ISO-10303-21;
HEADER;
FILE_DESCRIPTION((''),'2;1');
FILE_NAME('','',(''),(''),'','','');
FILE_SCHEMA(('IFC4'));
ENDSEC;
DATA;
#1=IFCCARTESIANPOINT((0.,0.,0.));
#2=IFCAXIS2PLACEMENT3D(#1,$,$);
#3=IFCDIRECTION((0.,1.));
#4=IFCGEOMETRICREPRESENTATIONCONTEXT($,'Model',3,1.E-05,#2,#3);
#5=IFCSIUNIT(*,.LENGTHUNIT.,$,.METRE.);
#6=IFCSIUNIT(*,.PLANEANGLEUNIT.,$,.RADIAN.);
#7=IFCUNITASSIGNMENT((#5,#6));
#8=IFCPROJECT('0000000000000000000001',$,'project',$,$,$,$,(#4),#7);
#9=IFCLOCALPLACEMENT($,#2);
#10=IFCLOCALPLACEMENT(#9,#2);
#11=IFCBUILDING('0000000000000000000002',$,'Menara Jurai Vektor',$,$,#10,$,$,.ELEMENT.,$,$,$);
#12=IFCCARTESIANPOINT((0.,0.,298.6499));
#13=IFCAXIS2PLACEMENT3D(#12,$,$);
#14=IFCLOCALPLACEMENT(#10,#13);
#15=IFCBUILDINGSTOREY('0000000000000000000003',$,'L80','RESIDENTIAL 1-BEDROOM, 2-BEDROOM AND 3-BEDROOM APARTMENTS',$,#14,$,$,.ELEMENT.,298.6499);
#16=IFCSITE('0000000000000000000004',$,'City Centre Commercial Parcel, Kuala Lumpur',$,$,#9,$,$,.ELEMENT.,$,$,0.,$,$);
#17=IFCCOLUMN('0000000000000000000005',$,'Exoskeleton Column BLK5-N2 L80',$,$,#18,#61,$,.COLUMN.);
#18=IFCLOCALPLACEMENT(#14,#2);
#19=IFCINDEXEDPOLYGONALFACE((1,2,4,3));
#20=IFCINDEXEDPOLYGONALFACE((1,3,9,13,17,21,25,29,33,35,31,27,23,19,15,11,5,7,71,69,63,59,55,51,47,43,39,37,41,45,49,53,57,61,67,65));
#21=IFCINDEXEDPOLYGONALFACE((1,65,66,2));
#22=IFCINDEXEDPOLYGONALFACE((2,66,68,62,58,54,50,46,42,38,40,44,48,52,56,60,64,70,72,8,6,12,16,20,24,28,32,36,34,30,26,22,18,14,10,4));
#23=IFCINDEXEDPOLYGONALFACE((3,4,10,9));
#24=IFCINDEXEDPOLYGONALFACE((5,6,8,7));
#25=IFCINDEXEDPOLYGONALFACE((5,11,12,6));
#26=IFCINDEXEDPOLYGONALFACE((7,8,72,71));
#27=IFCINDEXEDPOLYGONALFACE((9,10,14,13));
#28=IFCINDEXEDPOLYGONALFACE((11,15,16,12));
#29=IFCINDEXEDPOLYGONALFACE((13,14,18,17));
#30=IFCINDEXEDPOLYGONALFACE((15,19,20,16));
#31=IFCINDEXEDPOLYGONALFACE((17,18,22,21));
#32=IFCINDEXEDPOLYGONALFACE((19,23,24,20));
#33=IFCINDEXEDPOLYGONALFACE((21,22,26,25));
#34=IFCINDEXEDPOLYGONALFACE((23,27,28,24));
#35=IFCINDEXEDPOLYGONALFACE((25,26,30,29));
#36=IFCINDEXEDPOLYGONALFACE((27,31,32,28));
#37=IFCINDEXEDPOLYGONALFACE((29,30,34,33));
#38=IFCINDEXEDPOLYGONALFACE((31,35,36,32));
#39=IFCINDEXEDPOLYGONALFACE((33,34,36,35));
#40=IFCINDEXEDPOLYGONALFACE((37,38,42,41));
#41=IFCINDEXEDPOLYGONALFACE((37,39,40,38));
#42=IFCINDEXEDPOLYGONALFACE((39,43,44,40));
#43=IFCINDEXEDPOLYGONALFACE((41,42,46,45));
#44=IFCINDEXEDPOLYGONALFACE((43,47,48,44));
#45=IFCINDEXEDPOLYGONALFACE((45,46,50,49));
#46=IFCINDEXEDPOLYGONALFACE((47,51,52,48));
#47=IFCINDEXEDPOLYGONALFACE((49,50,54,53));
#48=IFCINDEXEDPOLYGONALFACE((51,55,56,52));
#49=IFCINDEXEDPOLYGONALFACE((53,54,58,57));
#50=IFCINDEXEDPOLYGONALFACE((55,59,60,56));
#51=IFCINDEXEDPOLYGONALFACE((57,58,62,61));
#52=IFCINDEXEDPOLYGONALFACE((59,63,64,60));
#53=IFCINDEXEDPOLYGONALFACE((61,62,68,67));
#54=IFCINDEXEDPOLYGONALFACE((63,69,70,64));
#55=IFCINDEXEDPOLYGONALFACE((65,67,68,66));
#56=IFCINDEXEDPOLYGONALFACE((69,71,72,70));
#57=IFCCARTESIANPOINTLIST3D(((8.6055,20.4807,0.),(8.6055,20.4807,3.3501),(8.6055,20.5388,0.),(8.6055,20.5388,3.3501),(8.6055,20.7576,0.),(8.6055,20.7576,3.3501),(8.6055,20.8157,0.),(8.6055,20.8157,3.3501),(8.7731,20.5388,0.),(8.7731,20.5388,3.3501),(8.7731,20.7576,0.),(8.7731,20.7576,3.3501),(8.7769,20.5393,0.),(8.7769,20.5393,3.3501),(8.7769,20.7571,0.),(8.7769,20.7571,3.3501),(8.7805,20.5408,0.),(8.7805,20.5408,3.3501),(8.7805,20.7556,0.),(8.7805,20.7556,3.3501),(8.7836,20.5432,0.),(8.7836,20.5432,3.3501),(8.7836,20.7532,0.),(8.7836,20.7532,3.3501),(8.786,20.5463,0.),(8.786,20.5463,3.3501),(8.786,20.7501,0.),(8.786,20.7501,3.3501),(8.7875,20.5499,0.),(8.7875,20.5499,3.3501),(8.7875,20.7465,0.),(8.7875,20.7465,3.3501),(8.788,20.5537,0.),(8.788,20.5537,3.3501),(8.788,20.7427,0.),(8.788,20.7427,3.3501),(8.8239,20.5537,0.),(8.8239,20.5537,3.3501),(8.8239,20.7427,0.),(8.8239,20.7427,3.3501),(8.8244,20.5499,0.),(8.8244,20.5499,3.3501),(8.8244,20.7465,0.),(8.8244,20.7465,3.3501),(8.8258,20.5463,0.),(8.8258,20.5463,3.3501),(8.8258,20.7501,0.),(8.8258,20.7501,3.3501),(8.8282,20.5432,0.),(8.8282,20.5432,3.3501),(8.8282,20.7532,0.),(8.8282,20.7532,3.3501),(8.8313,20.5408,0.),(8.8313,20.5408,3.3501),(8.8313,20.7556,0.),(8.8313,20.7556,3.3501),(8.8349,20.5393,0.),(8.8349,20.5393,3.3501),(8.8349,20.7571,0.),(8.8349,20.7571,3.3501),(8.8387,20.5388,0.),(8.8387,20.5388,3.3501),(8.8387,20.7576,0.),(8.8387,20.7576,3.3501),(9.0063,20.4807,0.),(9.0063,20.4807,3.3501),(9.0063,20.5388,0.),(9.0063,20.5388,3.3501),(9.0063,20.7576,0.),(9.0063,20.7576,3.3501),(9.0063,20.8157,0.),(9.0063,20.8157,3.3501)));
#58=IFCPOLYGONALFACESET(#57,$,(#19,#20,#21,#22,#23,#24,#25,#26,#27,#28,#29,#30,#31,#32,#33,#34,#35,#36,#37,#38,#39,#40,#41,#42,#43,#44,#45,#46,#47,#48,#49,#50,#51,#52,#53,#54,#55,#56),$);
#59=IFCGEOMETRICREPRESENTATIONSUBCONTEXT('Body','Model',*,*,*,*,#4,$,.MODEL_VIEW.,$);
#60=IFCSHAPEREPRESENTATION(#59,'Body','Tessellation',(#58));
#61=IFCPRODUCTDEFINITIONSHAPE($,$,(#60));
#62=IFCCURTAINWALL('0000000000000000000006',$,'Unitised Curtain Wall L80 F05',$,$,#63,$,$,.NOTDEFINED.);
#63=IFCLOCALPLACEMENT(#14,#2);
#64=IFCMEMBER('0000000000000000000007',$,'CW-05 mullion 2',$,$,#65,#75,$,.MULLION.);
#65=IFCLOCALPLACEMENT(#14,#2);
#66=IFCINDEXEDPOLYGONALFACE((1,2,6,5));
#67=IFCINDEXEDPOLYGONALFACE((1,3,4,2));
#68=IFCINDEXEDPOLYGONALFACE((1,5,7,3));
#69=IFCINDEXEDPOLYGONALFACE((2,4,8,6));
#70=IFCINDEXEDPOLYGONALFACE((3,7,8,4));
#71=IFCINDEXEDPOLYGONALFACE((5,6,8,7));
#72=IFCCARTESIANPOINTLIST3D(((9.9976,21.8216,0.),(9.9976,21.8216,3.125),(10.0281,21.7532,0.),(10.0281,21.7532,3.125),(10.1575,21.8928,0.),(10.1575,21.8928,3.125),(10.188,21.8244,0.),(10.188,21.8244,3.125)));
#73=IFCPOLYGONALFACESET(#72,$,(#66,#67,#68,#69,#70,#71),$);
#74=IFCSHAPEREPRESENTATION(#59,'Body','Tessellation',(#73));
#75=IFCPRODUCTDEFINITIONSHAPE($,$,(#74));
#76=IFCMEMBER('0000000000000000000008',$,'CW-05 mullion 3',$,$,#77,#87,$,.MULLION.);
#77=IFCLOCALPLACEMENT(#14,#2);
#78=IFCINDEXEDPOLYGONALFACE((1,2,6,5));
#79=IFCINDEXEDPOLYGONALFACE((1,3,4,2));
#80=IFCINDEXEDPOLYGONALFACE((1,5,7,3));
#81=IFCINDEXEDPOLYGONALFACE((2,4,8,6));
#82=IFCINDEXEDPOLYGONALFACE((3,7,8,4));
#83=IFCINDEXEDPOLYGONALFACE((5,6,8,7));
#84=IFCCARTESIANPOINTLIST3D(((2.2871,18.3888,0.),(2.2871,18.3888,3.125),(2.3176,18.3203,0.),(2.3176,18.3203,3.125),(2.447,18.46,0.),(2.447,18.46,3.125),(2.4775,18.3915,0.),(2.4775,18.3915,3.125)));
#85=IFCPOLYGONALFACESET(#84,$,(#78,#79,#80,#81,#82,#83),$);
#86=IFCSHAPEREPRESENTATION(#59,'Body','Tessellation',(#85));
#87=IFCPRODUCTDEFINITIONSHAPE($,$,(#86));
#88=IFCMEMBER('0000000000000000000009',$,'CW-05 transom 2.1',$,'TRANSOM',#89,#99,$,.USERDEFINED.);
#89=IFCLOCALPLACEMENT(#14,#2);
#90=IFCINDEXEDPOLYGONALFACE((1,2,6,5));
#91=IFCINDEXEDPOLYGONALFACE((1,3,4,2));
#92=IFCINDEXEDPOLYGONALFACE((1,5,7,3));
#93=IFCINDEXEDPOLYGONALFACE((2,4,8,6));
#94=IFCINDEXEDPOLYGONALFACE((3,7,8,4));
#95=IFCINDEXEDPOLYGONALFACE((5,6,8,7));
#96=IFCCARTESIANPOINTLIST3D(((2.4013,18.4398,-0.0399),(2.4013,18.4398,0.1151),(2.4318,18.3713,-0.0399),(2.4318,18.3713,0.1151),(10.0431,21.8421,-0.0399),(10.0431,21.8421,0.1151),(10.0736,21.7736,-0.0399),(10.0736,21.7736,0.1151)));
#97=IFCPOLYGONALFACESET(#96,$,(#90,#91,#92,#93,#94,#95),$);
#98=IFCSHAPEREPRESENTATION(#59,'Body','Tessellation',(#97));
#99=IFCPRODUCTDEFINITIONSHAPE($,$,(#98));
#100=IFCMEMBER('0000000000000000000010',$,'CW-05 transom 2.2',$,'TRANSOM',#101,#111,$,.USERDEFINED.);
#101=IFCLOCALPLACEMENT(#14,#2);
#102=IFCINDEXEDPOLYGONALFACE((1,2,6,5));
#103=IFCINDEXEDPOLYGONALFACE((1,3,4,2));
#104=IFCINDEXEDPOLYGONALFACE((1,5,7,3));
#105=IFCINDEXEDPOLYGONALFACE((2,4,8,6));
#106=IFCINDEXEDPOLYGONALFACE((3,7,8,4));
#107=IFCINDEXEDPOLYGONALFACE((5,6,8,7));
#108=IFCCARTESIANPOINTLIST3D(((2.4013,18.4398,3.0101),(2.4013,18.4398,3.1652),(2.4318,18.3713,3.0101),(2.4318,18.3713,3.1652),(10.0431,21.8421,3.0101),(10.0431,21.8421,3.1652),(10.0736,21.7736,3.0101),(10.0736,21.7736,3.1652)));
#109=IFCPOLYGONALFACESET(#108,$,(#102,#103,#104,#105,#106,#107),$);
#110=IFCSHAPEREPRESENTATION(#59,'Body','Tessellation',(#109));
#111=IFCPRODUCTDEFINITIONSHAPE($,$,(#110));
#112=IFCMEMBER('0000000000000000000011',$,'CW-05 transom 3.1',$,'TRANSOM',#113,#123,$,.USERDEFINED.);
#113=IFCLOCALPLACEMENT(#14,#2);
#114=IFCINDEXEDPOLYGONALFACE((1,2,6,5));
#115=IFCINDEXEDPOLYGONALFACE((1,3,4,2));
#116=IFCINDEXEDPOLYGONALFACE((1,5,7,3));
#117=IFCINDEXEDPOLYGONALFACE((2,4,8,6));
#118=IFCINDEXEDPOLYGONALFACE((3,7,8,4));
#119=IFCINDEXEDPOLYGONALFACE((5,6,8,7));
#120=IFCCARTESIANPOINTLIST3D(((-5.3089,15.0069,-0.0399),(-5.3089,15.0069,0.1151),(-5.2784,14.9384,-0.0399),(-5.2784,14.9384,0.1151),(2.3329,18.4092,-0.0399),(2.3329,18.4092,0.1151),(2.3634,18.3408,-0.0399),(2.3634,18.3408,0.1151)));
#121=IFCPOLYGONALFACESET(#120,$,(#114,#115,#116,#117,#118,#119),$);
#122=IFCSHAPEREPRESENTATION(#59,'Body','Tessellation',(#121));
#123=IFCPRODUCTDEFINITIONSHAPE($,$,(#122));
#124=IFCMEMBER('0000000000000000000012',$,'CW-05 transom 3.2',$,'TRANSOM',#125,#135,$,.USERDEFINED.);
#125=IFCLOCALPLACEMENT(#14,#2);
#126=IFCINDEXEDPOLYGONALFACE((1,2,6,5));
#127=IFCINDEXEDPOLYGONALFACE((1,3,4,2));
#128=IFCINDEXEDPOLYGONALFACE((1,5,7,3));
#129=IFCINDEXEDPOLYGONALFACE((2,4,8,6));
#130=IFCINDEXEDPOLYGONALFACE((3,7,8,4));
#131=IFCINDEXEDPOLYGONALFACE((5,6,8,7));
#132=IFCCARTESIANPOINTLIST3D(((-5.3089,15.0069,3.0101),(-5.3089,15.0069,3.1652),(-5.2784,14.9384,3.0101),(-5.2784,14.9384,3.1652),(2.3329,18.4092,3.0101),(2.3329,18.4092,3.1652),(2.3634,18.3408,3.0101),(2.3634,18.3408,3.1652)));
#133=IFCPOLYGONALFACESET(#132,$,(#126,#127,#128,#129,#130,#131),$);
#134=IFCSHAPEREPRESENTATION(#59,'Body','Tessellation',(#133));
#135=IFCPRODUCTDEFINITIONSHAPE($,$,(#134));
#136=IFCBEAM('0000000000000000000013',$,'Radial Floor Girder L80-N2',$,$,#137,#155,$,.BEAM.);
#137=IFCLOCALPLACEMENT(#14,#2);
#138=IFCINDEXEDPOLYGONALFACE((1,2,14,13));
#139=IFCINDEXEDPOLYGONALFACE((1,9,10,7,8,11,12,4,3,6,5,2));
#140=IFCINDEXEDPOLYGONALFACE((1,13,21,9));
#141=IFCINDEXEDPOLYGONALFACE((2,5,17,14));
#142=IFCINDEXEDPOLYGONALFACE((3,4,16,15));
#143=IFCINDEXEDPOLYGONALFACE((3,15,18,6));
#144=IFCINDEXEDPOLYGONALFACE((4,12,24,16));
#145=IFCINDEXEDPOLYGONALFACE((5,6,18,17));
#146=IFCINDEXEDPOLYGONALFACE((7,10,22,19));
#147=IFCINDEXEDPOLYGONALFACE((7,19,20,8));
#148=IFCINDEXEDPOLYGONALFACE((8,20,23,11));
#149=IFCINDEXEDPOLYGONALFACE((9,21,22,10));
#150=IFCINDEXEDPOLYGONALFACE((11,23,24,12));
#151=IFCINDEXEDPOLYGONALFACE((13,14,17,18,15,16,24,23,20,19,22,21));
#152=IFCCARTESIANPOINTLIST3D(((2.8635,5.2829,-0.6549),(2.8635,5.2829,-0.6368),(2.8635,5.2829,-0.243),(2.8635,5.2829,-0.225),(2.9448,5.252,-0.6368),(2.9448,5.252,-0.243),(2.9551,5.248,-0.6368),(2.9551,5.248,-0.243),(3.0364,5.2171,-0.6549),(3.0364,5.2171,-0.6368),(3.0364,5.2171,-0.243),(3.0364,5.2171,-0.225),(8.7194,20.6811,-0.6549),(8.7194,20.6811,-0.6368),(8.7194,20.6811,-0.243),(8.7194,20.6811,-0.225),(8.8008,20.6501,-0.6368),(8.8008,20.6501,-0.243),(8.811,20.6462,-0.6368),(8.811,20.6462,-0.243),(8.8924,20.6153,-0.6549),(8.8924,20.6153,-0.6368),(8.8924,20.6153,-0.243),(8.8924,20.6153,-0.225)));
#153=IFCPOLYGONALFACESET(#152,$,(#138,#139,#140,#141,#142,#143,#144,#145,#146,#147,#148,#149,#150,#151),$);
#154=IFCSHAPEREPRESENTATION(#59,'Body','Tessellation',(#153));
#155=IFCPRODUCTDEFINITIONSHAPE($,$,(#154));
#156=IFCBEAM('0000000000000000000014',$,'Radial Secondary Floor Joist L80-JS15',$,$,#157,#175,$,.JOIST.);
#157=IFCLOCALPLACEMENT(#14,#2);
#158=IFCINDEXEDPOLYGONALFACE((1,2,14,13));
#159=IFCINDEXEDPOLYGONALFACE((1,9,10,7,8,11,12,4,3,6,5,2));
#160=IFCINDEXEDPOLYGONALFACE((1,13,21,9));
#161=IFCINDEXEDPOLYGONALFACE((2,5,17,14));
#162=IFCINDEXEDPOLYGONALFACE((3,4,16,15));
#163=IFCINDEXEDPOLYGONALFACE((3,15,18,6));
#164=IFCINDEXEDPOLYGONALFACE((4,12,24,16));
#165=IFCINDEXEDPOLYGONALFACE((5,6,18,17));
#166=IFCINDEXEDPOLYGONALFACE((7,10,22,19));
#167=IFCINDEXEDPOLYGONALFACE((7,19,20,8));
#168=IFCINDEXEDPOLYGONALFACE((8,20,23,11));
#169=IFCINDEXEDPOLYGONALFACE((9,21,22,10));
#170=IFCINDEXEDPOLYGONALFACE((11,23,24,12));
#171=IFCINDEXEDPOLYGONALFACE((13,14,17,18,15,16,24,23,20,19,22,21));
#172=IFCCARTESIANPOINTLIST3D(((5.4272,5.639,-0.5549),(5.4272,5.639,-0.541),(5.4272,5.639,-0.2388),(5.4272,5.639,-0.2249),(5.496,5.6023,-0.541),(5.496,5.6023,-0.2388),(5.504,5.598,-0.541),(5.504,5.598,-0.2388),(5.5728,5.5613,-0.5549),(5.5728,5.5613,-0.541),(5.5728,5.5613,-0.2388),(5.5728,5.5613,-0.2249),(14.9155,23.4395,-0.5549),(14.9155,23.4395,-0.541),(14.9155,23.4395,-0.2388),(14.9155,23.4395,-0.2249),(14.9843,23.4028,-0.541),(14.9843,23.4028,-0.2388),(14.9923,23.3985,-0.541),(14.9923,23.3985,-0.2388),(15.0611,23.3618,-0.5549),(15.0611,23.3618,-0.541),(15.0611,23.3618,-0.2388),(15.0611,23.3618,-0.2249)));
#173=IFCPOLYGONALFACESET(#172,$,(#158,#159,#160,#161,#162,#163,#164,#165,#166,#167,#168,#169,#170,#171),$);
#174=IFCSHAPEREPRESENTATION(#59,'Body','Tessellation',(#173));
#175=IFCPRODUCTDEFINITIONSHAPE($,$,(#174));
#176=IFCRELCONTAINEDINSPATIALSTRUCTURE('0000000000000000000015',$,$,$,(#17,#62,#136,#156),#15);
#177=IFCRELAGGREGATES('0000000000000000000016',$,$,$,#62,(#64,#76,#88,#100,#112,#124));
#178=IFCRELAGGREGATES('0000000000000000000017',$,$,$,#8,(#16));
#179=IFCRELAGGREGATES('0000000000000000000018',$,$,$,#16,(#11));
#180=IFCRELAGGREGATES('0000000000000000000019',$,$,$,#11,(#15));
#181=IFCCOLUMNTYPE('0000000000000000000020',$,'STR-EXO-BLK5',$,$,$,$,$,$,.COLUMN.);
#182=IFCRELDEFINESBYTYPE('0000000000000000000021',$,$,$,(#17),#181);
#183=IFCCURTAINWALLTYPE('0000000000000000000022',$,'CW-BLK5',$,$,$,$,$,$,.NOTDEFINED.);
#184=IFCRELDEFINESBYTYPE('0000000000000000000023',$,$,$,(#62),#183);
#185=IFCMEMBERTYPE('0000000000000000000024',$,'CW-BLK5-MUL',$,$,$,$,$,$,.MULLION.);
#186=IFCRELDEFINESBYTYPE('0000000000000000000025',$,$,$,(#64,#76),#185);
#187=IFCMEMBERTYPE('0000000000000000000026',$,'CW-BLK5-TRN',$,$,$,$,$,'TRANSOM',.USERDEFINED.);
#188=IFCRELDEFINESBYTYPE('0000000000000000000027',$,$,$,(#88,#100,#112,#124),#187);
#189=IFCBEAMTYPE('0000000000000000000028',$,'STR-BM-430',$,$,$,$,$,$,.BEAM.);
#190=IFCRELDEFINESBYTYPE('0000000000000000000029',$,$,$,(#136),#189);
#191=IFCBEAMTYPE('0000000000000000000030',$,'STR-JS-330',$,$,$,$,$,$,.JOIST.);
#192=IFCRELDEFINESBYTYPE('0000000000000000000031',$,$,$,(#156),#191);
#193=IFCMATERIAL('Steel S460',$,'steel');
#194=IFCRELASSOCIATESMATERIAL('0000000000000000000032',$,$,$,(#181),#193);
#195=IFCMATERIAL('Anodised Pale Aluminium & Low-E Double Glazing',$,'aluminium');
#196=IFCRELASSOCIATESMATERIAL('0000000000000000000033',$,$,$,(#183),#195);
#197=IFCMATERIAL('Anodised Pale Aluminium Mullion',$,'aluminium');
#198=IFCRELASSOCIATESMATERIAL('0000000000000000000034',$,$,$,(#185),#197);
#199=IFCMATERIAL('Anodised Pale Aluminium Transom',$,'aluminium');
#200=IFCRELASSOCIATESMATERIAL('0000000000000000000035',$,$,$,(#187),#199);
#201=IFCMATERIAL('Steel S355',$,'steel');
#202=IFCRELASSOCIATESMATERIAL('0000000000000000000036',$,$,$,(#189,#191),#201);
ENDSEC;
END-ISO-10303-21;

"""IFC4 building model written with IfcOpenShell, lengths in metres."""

from ifc_helpers import new_model, si_unit, direction, frame, origin, origin_2d, place, context, subcontext, project, spatial, rectangle, i_section, extrude, material, material_profile, profile_set, type_object, element, aggregate, save


model = new_model("IFC4")

# Units and contexts
model_context = context("Model", 3, precision=1e-05, world=origin(), true_north=direction((0.0, 1.0)))
body_context = subcontext(model_context, "Body", "Model", "MODEL_VIEW")
ifc_project = project(units=[si_unit("LENGTHUNIT", "METRE"), si_unit("PLANEANGLEUNIT", "RADIAN")], contexts=[model_context])

# Site, building, storey
site_placement = place(None, origin())
site = spatial("IfcSite", under=ifc_project, at=site_placement, Name="City Centre Commercial Parcel, Kuala Lumpur", CompositionType="ELEMENT", RefElevation=0.0)
building_placement = place(site_placement, origin())
building = spatial("IfcBuilding", under=site, at=building_placement, Name="Menara Jurai Vektor", CompositionType="ELEMENT")
storey_placement = place(building_placement, frame((0.0, 0.0, 298.6499)))
storey = spatial("IfcBuildingStorey", under=building, at=storey_placement, Name="L80", Description="RESIDENTIAL 1-BEDROOM, 2-BEDROOM AND 3-BEDROOM APARTMENTS", CompositionType="ELEMENT", Elevation=298.6499)

# Column
ifc_material_1 = material(Name="Steel S460", Category="steel")
ifc_material_profile_1 = material_profile(ifc_material_1, i_section(OverallWidth=0.4009, OverallDepth=0.335, WebThickness=0.0359, FlangeThickness=0.0581, FilletRadius=0.0149, at=origin_2d()), Name="HD 400x463")
ifc_profile_set_1 = profile_set([ifc_material_profile_1], Name="Steel S460")
column_type = type_object("IfcColumnType", Name="STR-EXO-BLK5", PredefinedType="COLUMN", material=ifc_profile_set_1)
column_placement = place(storey_placement, frame((8.8059, 20.6482, 0.0), z_axis=(0.0, 0.0, 1.0), x_axis=(1.0, 0.0, 0.0)))
element("IfcColumn", 1, at=column_placement, inside=storey, type_object=column_type, Name="Exoskeleton Column BLK5-N2 L80", PredefinedType="COLUMN", context=body_context, shape_type="SweptSolid", body=[
    extrude(i_section(OverallWidth=0.4009, OverallDepth=0.335, WebThickness=0.0359, FlangeThickness=0.0581, FilletRadius=0.0149, at=origin_2d()), origin(), (0.0, 0.0, 1.0), 3.3501),
])

# Curtain wall, members
ifc_material_2 = material(Name="Anodised Pale Aluminium & Low-E Double Glazing", Category="aluminium")
curtain_wall_type = type_object("IfcCurtainWallType", Name="CW-BLK5", PredefinedType="NOTDEFINED", material=ifc_material_2)
curtain_wall_placement = place(storey_placement, origin())
curtain_wall = element("IfcCurtainWall", 2, at=curtain_wall_placement, inside=storey, type_object=curtain_wall_type, Name="Unitised Curtain Wall L80 F05", PredefinedType="NOTDEFINED")
ifc_material_3 = material(Name="Anodised Pale Aluminium Mullion", Category="aluminium")
ifc_material_profile_2 = material_profile(ifc_material_3, rectangle(XDim=0.075, YDim=0.175, at=origin_2d()), Name="ALU MUL 75x175")
ifc_profile_set_2 = profile_set([ifc_material_profile_2], Name="Anodised Pale Aluminium Mullion")
member_type_1 = type_object("IfcMemberType", Name="CW-BLK5-MUL", PredefinedType="MULLION", material=ifc_profile_set_2)
member_1_placement = place(storey_placement, frame((10.0928, 21.823, 0.0), z_axis=(0.0, 0.0, 1.0), x_axis=(0.406735, -0.913546, 0.0)))
member_1 = element("IfcMember", 3, at=member_1_placement, type_object=member_type_1, Name="CW-05 mullion 2", PredefinedType="MULLION", context=body_context, shape_type="SweptSolid", body=[
    extrude(rectangle(XDim=0.075, YDim=0.175, at=origin_2d()), origin(), (0.0, 0.0, 1.0), 3.125),
])
member_2_placement = place(storey_placement, frame((2.3823, 18.3901, 0.0), z_axis=(0.0, 0.0, 1.0), x_axis=(0.406735, -0.913546, 0.0)))
member_2 = element("IfcMember", 4, at=member_2_placement, type_object=member_type_1, Name="CW-05 mullion 3", PredefinedType="MULLION", context=body_context, shape_type="SweptSolid", body=[
    extrude(rectangle(XDim=0.075, YDim=0.175, at=origin_2d()), origin(), (0.0, 0.0, 1.0), 3.125),
])
ifc_material_4 = material(Name="Anodised Pale Aluminium Transom", Category="aluminium")
ifc_material_profile_3 = material_profile(ifc_material_4, rectangle(XDim=0.075, YDim=0.155, at=origin_2d()), Name="ALU TRN 75x155")
ifc_profile_set_3 = profile_set([ifc_material_profile_3], Name="Anodised Pale Aluminium Transom")
member_type_2 = type_object("IfcMemberType", Name="CW-BLK5-TRN", ElementType="TRANSOM", PredefinedType="USERDEFINED", material=ifc_profile_set_3)
member_3_placement = place(storey_placement, frame((10.0583, 21.8079, 0.0376), z_axis=(-0.913547, -0.406734, 0.0), x_axis=(0.406734, -0.913547, 0.0)))
member_3 = element("IfcMember", 5, at=member_3_placement, type_object=member_type_2, Name="CW-05 transom 2.1", ObjectType="TRANSOM", PredefinedType="USERDEFINED", context=body_context, shape_type="SweptSolid", body=[
    extrude(rectangle(XDim=0.075, YDim=0.155, at=origin_2d()), origin(), (0.0, 0.0, 1.0), 8.365),
])
member_4_placement = place(storey_placement, frame((10.0583, 21.8079, 3.0876), z_axis=(-0.913547, -0.406734, 0.0), x_axis=(0.406734, -0.913547, 0.0)))
member_4 = element("IfcMember", 6, at=member_4_placement, type_object=member_type_2, Name="CW-05 transom 2.2", ObjectType="TRANSOM", PredefinedType="USERDEFINED", context=body_context, shape_type="SweptSolid", body=[
    extrude(rectangle(XDim=0.075, YDim=0.155, at=origin_2d()), origin(), (0.0, 0.0, 1.0), 8.365),
])
member_5_placement = place(storey_placement, frame((2.3481, 18.375, 0.0376), z_axis=(-0.913547, -0.406734, 0.0), x_axis=(0.406734, -0.913547, 0.0)))
member_5 = element("IfcMember", 7, at=member_5_placement, type_object=member_type_2, Name="CW-05 transom 3.1", ObjectType="TRANSOM", PredefinedType="USERDEFINED", context=body_context, shape_type="SweptSolid", body=[
    extrude(rectangle(XDim=0.075, YDim=0.155, at=origin_2d()), origin(), (0.0, 0.0, 1.0), 8.365),
])
member_6_placement = place(storey_placement, frame((2.3481, 18.375, 3.0876), z_axis=(-0.913547, -0.406734, 0.0), x_axis=(0.406734, -0.913547, 0.0)))
member_6 = element("IfcMember", 8, at=member_6_placement, type_object=member_type_2, Name="CW-05 transom 3.2", ObjectType="TRANSOM", PredefinedType="USERDEFINED", context=body_context, shape_type="SweptSolid", body=[
    extrude(rectangle(XDim=0.075, YDim=0.155, at=origin_2d()), origin(), (0.0, 0.0, 1.0), 8.365),
])

# Beams
ifc_material_5 = material(Name="Steel S355", Category="steel")
ifc_material_profile_4 = material_profile(ifc_material_5, i_section(OverallWidth=0.1851, OverallDepth=0.4299, WebThickness=0.011, FlangeThickness=0.0181, at=origin_2d()), Name="PG 430x185x76")
ifc_profile_set_4 = profile_set([ifc_material_profile_4], Name="Steel S355")
beam_type_1 = type_object("IfcBeamType", Name="STR-BM-430", PredefinedType="BEAM", material=ifc_profile_set_4)
beam_1_placement = place(storey_placement, frame((8.8059, 20.6482, -0.4399), z_axis=(-0.355464, -0.93469, 0.0), x_axis=(0.93469, -0.355464, 0.0)))
element("IfcBeam", 9, at=beam_1_placement, inside=storey, type_object=beam_type_1, Name="Radial Floor Girder L80-N2", PredefinedType="BEAM", context=body_context, shape_type="SweptSolid", body=[
    extrude(i_section(OverallWidth=0.1851, OverallDepth=0.4299, WebThickness=0.011, FlangeThickness=0.0181, at=origin_2d()), origin(), (0.0, 0.0, 1.0), 16.4741),
])
ifc_material_profile_5 = material_profile(ifc_material_5, i_section(OverallWidth=0.165, OverallDepth=0.3301, WebThickness=0.009, FlangeThickness=0.0139, at=origin_2d()), Name="PG 330x165x46")
ifc_profile_set_5 = profile_set([ifc_material_profile_5], Name="Steel S355")
beam_type_2 = type_object("IfcBeamType", Name="STR-JS-330", PredefinedType="JOIST", material=ifc_profile_set_5)
beam_2_placement = place(storey_placement, frame((14.9883, 23.4006, -0.3899), z_axis=(-0.470382, -0.882463, 0.0), x_axis=(0.882463, -0.470382, 0.0)))
element("IfcBeam", 10, at=beam_2_placement, inside=storey, type_object=beam_type_2, Name="Radial Secondary Floor Joist L80-JS15", PredefinedType="JOIST", context=body_context, shape_type="SweptSolid", body=[
    extrude(i_section(OverallWidth=0.165, OverallDepth=0.3301, WebThickness=0.009, FlangeThickness=0.0139, at=origin_2d()), origin(), (0.0, 0.0, 1.0), 20.1714),
])

aggregate(curtain_wall, [member_1, member_2, member_3, member_4, member_5, member_6])

save(model, "model.ifc")
